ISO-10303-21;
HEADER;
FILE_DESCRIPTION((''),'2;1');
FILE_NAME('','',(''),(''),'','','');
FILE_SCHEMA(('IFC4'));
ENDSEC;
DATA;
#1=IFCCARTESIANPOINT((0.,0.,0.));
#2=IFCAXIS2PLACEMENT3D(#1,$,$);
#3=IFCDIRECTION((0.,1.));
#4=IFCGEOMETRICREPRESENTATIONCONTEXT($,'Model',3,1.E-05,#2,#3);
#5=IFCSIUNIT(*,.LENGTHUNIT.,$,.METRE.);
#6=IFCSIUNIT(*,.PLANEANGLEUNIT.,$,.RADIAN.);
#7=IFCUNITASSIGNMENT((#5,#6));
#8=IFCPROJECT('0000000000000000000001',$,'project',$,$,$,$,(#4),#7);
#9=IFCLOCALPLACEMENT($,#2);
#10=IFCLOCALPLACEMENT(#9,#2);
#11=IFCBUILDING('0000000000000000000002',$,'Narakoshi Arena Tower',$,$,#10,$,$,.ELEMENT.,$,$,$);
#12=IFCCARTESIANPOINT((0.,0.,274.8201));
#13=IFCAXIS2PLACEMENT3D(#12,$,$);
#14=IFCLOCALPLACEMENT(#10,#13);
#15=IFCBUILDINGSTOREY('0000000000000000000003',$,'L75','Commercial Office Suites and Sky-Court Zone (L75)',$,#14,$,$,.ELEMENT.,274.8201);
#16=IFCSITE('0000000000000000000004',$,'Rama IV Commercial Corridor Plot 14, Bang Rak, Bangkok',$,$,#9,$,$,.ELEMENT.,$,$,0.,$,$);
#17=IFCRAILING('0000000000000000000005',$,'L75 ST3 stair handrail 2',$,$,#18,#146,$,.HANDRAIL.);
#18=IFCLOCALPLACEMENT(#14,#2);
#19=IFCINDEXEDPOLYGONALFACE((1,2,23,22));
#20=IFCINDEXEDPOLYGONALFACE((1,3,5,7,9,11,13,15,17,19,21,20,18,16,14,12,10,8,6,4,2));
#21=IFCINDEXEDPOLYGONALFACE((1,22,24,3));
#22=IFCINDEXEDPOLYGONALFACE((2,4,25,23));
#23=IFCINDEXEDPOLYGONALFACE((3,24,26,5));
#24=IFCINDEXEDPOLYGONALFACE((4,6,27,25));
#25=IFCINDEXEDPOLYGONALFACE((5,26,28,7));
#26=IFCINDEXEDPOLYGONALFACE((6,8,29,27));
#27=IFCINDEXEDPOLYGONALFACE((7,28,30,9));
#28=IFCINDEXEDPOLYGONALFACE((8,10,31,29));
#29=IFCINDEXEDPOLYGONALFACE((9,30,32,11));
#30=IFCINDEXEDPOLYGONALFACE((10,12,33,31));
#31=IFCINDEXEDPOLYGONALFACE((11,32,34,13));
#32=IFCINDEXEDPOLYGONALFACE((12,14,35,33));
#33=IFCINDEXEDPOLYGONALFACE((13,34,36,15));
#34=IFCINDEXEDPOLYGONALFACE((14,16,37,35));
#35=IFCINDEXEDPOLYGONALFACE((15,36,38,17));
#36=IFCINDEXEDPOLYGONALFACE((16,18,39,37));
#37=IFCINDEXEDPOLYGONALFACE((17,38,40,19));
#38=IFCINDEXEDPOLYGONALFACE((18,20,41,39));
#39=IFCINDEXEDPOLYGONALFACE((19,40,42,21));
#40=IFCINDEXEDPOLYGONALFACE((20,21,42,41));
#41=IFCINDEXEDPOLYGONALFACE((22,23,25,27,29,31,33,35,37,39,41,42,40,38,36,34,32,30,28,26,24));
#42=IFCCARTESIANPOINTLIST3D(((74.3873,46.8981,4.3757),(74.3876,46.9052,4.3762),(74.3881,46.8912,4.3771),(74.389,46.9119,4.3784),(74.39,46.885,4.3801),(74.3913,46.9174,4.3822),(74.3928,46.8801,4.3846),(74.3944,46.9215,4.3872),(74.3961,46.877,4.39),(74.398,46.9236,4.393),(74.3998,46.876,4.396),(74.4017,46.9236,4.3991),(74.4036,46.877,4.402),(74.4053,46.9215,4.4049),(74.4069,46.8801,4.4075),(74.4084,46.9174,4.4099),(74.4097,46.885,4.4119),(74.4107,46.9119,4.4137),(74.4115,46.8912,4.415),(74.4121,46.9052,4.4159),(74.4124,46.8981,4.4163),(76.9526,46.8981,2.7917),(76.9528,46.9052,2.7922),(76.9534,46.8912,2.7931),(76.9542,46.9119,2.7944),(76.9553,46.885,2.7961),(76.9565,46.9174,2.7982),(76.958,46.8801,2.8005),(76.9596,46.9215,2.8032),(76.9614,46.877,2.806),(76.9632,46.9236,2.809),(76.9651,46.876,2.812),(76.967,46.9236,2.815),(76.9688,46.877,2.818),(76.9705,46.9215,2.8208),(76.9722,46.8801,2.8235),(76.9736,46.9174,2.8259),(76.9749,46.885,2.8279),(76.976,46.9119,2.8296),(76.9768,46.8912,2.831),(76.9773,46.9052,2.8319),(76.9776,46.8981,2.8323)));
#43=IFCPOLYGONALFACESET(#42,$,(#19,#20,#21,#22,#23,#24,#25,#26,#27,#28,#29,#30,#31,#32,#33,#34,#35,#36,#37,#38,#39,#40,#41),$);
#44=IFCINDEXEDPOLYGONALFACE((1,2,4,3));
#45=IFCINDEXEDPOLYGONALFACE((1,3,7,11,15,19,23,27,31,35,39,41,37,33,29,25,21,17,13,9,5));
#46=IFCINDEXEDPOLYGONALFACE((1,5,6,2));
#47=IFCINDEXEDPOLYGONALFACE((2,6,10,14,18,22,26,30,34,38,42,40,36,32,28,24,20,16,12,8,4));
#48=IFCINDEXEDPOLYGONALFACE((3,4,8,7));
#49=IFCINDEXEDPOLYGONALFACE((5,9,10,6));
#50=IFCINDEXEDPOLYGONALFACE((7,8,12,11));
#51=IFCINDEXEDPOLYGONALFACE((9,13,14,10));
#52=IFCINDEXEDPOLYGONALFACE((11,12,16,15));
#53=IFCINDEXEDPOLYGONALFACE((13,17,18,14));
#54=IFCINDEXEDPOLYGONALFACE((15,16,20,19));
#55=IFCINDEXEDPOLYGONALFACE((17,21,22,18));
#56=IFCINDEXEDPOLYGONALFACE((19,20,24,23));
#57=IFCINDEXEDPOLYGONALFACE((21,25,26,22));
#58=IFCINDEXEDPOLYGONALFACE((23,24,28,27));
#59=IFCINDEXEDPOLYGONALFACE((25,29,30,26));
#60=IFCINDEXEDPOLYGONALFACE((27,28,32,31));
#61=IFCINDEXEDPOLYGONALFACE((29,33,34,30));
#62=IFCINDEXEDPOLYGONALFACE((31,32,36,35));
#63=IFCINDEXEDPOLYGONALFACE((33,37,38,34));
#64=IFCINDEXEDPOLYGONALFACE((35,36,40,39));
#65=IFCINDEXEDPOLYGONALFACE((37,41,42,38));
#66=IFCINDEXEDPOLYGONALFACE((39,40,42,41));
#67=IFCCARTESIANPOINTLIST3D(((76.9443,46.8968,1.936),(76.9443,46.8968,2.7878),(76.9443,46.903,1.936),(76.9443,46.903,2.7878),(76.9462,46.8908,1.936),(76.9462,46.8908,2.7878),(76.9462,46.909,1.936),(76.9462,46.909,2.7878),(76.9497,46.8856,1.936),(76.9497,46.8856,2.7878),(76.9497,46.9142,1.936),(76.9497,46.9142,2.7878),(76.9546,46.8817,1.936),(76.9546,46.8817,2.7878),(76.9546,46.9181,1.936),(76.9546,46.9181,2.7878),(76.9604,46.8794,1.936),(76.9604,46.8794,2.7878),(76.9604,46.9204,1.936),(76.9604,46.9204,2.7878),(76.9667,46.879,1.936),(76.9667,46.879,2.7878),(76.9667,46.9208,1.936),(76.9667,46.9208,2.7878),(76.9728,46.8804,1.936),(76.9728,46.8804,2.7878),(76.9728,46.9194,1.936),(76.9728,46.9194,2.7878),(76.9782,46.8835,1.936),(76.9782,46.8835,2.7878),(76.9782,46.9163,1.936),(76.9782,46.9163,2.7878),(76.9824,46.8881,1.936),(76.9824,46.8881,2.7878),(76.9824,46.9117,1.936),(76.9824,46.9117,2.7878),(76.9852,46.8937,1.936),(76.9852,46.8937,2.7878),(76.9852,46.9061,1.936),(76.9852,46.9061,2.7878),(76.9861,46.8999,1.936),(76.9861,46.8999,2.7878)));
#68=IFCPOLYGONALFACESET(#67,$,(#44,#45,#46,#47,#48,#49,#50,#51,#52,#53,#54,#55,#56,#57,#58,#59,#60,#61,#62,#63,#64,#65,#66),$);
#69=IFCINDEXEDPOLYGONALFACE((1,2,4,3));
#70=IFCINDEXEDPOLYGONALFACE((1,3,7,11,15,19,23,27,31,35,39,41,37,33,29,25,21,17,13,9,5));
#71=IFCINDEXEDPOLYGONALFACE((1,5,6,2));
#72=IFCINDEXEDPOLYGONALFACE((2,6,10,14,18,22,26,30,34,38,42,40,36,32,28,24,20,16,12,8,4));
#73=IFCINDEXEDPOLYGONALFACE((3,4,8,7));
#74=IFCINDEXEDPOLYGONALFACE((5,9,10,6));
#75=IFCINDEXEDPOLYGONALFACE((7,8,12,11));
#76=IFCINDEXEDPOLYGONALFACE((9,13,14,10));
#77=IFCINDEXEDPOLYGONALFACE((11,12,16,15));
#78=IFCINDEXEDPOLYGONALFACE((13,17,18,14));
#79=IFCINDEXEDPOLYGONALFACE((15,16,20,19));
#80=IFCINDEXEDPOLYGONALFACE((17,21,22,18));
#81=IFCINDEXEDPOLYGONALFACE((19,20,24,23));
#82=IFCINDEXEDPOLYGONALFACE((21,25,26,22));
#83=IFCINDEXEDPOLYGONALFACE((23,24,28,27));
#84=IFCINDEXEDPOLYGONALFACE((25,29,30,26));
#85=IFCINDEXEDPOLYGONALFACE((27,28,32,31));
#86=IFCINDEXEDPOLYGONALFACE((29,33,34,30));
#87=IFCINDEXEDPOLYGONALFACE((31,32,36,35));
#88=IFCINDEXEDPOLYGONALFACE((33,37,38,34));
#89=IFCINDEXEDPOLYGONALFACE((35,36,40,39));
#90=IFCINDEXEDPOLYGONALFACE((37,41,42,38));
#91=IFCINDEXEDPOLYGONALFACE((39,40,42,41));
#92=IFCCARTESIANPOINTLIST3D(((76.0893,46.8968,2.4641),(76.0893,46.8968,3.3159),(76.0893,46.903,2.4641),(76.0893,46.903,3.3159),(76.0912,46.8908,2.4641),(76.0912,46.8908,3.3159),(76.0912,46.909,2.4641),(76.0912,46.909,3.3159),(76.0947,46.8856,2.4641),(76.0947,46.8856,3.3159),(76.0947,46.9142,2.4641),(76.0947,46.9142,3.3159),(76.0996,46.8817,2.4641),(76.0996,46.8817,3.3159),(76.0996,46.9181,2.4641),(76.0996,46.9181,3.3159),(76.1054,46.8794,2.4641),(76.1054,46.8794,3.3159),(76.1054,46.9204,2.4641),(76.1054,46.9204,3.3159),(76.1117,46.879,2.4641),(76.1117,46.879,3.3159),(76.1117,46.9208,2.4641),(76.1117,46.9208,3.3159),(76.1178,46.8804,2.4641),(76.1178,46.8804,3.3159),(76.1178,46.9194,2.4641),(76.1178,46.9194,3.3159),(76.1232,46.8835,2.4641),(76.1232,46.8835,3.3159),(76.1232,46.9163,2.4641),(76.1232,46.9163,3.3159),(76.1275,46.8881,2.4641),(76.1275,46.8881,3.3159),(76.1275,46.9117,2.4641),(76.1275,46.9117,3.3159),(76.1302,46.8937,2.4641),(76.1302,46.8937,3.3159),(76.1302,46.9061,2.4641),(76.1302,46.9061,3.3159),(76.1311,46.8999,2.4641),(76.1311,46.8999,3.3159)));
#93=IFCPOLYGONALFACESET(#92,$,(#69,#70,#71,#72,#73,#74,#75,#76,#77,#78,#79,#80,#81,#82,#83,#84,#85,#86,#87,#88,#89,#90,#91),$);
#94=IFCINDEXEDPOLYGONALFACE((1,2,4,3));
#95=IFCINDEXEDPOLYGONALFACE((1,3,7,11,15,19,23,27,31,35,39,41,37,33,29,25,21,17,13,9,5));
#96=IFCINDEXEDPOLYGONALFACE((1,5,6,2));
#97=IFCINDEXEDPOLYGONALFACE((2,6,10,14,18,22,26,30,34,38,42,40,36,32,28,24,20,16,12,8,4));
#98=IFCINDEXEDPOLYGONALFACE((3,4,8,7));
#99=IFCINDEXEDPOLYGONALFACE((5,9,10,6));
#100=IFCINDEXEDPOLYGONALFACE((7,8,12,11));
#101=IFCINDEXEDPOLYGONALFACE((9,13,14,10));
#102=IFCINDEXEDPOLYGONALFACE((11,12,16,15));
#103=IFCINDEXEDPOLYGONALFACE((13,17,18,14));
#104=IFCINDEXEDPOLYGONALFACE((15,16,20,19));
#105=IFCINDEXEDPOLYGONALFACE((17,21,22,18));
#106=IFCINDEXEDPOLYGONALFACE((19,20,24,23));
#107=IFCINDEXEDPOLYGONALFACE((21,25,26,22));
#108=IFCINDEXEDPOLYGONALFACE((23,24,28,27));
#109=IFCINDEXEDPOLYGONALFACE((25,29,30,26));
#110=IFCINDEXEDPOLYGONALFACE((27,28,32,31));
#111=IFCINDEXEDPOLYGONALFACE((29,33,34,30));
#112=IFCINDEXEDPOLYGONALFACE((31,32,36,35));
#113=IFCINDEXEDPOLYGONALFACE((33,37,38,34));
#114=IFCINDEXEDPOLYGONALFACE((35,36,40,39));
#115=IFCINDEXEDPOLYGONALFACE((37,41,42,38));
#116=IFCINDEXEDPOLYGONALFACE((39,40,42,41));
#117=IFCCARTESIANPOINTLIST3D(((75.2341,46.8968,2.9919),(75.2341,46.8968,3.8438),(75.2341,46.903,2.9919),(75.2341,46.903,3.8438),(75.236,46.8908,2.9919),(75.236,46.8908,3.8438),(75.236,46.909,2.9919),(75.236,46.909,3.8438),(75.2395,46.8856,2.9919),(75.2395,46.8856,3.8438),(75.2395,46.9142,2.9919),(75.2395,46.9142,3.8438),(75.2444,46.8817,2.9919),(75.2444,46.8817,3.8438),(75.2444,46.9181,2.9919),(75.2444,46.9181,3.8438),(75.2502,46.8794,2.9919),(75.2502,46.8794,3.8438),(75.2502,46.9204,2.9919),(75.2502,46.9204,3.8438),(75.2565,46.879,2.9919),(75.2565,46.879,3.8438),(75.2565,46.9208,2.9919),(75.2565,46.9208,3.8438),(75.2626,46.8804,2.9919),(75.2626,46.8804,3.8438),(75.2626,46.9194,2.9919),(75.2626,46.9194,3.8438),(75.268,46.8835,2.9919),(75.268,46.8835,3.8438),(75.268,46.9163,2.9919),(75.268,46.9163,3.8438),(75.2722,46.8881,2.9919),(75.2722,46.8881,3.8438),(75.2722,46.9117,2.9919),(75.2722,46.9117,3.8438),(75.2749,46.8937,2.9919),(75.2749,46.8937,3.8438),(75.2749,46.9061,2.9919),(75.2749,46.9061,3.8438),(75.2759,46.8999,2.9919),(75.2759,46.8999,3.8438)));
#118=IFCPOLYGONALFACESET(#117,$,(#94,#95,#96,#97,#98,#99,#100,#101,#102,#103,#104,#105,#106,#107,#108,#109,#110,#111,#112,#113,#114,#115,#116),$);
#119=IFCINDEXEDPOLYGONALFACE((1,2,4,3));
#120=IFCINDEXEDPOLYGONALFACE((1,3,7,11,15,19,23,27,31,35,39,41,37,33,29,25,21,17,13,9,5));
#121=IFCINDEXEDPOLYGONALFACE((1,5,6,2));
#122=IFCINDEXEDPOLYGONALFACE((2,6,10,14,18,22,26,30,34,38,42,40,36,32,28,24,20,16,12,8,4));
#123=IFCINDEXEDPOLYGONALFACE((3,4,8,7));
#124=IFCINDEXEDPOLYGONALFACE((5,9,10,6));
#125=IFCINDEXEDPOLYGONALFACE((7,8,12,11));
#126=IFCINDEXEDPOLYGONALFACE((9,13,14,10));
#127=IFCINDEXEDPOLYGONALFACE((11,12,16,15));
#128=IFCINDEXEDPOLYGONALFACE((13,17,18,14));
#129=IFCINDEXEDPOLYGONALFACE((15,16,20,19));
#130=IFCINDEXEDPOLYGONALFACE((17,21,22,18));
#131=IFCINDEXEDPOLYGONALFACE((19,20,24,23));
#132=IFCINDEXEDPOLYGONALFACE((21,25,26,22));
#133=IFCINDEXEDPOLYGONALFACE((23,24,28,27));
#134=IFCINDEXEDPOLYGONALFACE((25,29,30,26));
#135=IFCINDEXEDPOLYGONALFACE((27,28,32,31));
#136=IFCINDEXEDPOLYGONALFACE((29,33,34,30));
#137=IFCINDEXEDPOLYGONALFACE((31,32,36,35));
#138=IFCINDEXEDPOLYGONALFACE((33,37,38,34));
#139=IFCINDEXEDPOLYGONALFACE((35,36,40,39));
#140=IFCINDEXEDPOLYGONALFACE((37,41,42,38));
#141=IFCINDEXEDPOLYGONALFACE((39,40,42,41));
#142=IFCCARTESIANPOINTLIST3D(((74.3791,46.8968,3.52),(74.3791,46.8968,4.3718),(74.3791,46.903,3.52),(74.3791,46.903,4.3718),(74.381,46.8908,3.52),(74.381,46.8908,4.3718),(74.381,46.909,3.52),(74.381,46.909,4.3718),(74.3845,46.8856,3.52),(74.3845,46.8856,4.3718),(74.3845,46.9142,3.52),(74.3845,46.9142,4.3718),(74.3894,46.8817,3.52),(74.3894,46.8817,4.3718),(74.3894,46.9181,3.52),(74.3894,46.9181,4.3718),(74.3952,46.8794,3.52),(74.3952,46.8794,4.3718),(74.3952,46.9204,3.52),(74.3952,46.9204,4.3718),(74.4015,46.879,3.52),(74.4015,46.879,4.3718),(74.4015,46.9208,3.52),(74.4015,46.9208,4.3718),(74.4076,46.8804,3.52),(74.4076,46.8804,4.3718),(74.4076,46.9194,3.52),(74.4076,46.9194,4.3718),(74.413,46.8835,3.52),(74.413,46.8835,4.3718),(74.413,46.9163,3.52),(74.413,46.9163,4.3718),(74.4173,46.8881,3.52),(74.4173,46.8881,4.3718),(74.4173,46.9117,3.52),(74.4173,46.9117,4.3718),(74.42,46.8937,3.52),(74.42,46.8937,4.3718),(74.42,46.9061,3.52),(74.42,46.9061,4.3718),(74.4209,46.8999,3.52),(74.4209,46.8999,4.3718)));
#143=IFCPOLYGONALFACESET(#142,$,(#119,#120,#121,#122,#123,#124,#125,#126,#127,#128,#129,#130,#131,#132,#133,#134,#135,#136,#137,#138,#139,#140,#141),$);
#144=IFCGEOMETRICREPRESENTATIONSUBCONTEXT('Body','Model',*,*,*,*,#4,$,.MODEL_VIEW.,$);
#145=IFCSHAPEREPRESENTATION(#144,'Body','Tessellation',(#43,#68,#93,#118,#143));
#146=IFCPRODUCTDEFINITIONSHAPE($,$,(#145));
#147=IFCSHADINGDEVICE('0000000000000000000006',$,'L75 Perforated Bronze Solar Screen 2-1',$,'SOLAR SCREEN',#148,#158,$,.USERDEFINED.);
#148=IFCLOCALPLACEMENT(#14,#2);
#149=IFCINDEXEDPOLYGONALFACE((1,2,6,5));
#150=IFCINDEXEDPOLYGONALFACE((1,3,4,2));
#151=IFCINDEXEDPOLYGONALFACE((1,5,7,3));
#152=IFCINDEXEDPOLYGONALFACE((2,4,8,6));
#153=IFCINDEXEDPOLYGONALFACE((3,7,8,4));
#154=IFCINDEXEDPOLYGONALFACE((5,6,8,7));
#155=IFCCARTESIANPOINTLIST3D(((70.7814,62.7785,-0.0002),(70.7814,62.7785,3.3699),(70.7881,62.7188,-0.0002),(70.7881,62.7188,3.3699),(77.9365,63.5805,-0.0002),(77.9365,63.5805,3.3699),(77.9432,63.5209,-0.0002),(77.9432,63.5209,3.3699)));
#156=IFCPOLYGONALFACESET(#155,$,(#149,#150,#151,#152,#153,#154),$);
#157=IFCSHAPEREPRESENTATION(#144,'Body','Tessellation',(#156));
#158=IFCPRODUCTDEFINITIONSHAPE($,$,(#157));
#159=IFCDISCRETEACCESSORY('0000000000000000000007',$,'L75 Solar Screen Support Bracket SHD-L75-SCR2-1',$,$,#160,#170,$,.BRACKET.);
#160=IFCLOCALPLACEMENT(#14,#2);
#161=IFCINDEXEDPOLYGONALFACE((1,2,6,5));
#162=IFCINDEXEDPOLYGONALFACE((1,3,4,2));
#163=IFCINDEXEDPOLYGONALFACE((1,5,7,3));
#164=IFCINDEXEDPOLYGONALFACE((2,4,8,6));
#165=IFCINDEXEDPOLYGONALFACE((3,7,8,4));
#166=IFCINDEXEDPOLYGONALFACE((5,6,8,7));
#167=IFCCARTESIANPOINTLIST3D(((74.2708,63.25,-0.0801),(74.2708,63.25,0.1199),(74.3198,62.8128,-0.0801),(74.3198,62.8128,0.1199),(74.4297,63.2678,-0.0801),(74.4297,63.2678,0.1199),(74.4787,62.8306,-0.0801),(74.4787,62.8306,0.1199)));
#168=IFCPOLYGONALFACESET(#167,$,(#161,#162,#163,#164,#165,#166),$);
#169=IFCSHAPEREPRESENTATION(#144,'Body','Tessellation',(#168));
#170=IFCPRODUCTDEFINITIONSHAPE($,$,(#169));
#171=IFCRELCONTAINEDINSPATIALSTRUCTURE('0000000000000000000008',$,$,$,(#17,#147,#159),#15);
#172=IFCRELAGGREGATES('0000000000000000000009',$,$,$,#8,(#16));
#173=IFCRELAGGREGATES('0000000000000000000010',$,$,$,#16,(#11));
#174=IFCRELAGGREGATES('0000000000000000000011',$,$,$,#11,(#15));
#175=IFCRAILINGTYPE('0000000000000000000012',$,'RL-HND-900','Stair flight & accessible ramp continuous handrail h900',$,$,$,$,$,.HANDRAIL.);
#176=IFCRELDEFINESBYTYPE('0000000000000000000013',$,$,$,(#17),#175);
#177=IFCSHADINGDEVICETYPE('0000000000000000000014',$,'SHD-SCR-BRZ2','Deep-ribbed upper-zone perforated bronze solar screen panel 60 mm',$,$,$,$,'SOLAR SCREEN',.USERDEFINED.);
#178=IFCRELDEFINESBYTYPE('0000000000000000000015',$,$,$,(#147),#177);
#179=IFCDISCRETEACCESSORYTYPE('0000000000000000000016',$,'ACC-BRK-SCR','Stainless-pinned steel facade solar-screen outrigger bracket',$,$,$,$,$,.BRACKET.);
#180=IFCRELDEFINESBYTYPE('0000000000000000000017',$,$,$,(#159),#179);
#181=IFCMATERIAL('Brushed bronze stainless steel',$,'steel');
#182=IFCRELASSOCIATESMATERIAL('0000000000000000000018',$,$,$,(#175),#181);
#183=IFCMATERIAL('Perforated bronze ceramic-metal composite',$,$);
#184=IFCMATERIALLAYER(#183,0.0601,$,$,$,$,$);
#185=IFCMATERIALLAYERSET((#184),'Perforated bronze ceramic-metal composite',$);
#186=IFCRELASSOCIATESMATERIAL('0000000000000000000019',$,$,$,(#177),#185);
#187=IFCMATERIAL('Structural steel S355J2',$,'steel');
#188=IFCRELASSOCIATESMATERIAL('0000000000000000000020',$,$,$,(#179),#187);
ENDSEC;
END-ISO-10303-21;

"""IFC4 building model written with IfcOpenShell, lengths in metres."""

from ifc_helpers import new_model, si_unit, direction, frame, origin, origin_2d, place, context, subcontext, project, spatial, rectangle, circle, extrude, material, layer, layer_set, type_object, element, save


model = new_model("IFC4")

# Units and contexts
model_context = context("Model", 3, precision=1e-05, world=origin(), true_north=direction((0.0, 1.0)))
body_context = subcontext(model_context, "Body", "Model", "MODEL_VIEW")
ifc_project = project(units=[si_unit("LENGTHUNIT", "METRE"), si_unit("PLANEANGLEUNIT", "RADIAN")], contexts=[model_context])

# Site, building, storey
site_placement = place(None, origin())
site = spatial("IfcSite", under=ifc_project, at=site_placement, Name="Rama IV Commercial Corridor Plot 14, Bang Rak, Bangkok", CompositionType="ELEMENT", RefElevation=0.0)
building_placement = place(site_placement, origin())
building = spatial("IfcBuilding", under=site, at=building_placement, Name="Narakoshi Arena Tower", CompositionType="ELEMENT")
storey_placement = place(building_placement, frame((0.0, 0.0, 274.8201)))
storey = spatial("IfcBuildingStorey", under=building, at=storey_placement, Name="L75", Description="Commercial Office Suites and Sky-Court Zone (L75)", CompositionType="ELEMENT", Elevation=274.8201)

# Shared definitions
ifc_material_1 = material(Name="Structural steel S355J2", Category="steel")

# Shared definitions
ifc_material_2 = material(Name="Brushed bronze stainless steel", Category="steel")

# Railing
railing_type = type_object("IfcRailingType", Name="RL-HND-900", Description="Stair flight & accessible ramp continuous handrail h900", PredefinedType="HANDRAIL", material=ifc_material_2)
railing_placement = place(storey_placement, frame((76.9651, 46.8999, 1.936)))
element("IfcRailing", 1, at=railing_placement, inside=storey, type_object=railing_type, Name="L75 ST3 stair handrail 2", PredefinedType="HANDRAIL", context=body_context, shape_type="SweptSolid", body=[
    extrude(circle(Radius=0.0239, at=origin_2d()), frame((0.0, 0.0, 0.876), z_axis=(-0.850857, 0.0, 0.525398), x_axis=(0.0, -1.0, 0.0)), (0.0, 0.0, 1.0), 3.0149),
    extrude(circle(Radius=0.021, at=origin_2d()), origin(), (0.0, 0.0, 1.0), 0.8518),
    extrude(circle(Radius=0.021, at=origin_2d()), frame((-0.855, 0.0, 0.5281)), (0.0, 0.0, 1.0), 0.8518),
    extrude(circle(Radius=0.021, at=origin_2d()), frame((-1.7102, 0.0, 1.0559)), (0.0, 0.0, 1.0), 0.8518),
    extrude(circle(Radius=0.021, at=origin_2d()), frame((-2.5652, 0.0, 1.584)), (0.0, 0.0, 1.0), 0.8518),
])

# Shading device
ifc_material_3 = material(Name="Perforated bronze ceramic-metal composite")
ifc_layer_1 = layer(ifc_material_3, 0.0601)
ifc_layer_set_1 = layer_set([ifc_layer_1], Name="Perforated bronze ceramic-metal composite")
shading_device_type = type_object("IfcShadingDeviceType", Name="SHD-SCR-BRZ2", Description="Deep-ribbed upper-zone perforated bronze solar screen panel 60 mm", ElementType="SOLAR SCREEN", PredefinedType="USERDEFINED", material=ifc_layer_set_1)
shading_device_placement = place(storey_placement, frame((74.3623, 63.1497, -0.0002), z_axis=(0.0, 0.0, 1.0), x_axis=(-0.993776, -0.1114, 0.0)))
element("IfcShadingDevice", 2, at=shading_device_placement, inside=storey, type_object=shading_device_type, Name="L75 Perforated Bronze Solar Screen 2-1", ObjectType="SOLAR SCREEN", PredefinedType="USERDEFINED", context=body_context, shape_type="SweptSolid", body=[
    extrude(rectangle(XDim=7.2, YDim=0.0601, at=origin_2d()), origin(), (0.0, 0.0, 1.0), 3.3701),
])

# Discrete accessory
discrete_accessory_type = type_object("IfcDiscreteAccessoryType", Name="ACC-BRK-SCR", Description="Stainless-pinned steel facade solar-screen outrigger bracket", PredefinedType="BRACKET", material=ifc_material_1)
discrete_accessory_placement = place(storey_placement, frame((74.3748, 63.0403, -0.0801), z_axis=(0.0, 0.0, 1.0), x_axis=(-0.993776, -0.1114, 0.0)))
element("IfcDiscreteAccessory", 3, at=discrete_accessory_placement, inside=storey, type_object=discrete_accessory_type, Name="L75 Solar Screen Support Bracket SHD-L75-SCR2-1", PredefinedType="BRACKET", context=body_context, shape_type="SweptSolid", body=[
    extrude(rectangle(XDim=0.1599, YDim=0.4399, at=origin_2d()), origin(), (0.0, 0.0, 1.0), 0.2),
])

save(model, "model.ifc")
